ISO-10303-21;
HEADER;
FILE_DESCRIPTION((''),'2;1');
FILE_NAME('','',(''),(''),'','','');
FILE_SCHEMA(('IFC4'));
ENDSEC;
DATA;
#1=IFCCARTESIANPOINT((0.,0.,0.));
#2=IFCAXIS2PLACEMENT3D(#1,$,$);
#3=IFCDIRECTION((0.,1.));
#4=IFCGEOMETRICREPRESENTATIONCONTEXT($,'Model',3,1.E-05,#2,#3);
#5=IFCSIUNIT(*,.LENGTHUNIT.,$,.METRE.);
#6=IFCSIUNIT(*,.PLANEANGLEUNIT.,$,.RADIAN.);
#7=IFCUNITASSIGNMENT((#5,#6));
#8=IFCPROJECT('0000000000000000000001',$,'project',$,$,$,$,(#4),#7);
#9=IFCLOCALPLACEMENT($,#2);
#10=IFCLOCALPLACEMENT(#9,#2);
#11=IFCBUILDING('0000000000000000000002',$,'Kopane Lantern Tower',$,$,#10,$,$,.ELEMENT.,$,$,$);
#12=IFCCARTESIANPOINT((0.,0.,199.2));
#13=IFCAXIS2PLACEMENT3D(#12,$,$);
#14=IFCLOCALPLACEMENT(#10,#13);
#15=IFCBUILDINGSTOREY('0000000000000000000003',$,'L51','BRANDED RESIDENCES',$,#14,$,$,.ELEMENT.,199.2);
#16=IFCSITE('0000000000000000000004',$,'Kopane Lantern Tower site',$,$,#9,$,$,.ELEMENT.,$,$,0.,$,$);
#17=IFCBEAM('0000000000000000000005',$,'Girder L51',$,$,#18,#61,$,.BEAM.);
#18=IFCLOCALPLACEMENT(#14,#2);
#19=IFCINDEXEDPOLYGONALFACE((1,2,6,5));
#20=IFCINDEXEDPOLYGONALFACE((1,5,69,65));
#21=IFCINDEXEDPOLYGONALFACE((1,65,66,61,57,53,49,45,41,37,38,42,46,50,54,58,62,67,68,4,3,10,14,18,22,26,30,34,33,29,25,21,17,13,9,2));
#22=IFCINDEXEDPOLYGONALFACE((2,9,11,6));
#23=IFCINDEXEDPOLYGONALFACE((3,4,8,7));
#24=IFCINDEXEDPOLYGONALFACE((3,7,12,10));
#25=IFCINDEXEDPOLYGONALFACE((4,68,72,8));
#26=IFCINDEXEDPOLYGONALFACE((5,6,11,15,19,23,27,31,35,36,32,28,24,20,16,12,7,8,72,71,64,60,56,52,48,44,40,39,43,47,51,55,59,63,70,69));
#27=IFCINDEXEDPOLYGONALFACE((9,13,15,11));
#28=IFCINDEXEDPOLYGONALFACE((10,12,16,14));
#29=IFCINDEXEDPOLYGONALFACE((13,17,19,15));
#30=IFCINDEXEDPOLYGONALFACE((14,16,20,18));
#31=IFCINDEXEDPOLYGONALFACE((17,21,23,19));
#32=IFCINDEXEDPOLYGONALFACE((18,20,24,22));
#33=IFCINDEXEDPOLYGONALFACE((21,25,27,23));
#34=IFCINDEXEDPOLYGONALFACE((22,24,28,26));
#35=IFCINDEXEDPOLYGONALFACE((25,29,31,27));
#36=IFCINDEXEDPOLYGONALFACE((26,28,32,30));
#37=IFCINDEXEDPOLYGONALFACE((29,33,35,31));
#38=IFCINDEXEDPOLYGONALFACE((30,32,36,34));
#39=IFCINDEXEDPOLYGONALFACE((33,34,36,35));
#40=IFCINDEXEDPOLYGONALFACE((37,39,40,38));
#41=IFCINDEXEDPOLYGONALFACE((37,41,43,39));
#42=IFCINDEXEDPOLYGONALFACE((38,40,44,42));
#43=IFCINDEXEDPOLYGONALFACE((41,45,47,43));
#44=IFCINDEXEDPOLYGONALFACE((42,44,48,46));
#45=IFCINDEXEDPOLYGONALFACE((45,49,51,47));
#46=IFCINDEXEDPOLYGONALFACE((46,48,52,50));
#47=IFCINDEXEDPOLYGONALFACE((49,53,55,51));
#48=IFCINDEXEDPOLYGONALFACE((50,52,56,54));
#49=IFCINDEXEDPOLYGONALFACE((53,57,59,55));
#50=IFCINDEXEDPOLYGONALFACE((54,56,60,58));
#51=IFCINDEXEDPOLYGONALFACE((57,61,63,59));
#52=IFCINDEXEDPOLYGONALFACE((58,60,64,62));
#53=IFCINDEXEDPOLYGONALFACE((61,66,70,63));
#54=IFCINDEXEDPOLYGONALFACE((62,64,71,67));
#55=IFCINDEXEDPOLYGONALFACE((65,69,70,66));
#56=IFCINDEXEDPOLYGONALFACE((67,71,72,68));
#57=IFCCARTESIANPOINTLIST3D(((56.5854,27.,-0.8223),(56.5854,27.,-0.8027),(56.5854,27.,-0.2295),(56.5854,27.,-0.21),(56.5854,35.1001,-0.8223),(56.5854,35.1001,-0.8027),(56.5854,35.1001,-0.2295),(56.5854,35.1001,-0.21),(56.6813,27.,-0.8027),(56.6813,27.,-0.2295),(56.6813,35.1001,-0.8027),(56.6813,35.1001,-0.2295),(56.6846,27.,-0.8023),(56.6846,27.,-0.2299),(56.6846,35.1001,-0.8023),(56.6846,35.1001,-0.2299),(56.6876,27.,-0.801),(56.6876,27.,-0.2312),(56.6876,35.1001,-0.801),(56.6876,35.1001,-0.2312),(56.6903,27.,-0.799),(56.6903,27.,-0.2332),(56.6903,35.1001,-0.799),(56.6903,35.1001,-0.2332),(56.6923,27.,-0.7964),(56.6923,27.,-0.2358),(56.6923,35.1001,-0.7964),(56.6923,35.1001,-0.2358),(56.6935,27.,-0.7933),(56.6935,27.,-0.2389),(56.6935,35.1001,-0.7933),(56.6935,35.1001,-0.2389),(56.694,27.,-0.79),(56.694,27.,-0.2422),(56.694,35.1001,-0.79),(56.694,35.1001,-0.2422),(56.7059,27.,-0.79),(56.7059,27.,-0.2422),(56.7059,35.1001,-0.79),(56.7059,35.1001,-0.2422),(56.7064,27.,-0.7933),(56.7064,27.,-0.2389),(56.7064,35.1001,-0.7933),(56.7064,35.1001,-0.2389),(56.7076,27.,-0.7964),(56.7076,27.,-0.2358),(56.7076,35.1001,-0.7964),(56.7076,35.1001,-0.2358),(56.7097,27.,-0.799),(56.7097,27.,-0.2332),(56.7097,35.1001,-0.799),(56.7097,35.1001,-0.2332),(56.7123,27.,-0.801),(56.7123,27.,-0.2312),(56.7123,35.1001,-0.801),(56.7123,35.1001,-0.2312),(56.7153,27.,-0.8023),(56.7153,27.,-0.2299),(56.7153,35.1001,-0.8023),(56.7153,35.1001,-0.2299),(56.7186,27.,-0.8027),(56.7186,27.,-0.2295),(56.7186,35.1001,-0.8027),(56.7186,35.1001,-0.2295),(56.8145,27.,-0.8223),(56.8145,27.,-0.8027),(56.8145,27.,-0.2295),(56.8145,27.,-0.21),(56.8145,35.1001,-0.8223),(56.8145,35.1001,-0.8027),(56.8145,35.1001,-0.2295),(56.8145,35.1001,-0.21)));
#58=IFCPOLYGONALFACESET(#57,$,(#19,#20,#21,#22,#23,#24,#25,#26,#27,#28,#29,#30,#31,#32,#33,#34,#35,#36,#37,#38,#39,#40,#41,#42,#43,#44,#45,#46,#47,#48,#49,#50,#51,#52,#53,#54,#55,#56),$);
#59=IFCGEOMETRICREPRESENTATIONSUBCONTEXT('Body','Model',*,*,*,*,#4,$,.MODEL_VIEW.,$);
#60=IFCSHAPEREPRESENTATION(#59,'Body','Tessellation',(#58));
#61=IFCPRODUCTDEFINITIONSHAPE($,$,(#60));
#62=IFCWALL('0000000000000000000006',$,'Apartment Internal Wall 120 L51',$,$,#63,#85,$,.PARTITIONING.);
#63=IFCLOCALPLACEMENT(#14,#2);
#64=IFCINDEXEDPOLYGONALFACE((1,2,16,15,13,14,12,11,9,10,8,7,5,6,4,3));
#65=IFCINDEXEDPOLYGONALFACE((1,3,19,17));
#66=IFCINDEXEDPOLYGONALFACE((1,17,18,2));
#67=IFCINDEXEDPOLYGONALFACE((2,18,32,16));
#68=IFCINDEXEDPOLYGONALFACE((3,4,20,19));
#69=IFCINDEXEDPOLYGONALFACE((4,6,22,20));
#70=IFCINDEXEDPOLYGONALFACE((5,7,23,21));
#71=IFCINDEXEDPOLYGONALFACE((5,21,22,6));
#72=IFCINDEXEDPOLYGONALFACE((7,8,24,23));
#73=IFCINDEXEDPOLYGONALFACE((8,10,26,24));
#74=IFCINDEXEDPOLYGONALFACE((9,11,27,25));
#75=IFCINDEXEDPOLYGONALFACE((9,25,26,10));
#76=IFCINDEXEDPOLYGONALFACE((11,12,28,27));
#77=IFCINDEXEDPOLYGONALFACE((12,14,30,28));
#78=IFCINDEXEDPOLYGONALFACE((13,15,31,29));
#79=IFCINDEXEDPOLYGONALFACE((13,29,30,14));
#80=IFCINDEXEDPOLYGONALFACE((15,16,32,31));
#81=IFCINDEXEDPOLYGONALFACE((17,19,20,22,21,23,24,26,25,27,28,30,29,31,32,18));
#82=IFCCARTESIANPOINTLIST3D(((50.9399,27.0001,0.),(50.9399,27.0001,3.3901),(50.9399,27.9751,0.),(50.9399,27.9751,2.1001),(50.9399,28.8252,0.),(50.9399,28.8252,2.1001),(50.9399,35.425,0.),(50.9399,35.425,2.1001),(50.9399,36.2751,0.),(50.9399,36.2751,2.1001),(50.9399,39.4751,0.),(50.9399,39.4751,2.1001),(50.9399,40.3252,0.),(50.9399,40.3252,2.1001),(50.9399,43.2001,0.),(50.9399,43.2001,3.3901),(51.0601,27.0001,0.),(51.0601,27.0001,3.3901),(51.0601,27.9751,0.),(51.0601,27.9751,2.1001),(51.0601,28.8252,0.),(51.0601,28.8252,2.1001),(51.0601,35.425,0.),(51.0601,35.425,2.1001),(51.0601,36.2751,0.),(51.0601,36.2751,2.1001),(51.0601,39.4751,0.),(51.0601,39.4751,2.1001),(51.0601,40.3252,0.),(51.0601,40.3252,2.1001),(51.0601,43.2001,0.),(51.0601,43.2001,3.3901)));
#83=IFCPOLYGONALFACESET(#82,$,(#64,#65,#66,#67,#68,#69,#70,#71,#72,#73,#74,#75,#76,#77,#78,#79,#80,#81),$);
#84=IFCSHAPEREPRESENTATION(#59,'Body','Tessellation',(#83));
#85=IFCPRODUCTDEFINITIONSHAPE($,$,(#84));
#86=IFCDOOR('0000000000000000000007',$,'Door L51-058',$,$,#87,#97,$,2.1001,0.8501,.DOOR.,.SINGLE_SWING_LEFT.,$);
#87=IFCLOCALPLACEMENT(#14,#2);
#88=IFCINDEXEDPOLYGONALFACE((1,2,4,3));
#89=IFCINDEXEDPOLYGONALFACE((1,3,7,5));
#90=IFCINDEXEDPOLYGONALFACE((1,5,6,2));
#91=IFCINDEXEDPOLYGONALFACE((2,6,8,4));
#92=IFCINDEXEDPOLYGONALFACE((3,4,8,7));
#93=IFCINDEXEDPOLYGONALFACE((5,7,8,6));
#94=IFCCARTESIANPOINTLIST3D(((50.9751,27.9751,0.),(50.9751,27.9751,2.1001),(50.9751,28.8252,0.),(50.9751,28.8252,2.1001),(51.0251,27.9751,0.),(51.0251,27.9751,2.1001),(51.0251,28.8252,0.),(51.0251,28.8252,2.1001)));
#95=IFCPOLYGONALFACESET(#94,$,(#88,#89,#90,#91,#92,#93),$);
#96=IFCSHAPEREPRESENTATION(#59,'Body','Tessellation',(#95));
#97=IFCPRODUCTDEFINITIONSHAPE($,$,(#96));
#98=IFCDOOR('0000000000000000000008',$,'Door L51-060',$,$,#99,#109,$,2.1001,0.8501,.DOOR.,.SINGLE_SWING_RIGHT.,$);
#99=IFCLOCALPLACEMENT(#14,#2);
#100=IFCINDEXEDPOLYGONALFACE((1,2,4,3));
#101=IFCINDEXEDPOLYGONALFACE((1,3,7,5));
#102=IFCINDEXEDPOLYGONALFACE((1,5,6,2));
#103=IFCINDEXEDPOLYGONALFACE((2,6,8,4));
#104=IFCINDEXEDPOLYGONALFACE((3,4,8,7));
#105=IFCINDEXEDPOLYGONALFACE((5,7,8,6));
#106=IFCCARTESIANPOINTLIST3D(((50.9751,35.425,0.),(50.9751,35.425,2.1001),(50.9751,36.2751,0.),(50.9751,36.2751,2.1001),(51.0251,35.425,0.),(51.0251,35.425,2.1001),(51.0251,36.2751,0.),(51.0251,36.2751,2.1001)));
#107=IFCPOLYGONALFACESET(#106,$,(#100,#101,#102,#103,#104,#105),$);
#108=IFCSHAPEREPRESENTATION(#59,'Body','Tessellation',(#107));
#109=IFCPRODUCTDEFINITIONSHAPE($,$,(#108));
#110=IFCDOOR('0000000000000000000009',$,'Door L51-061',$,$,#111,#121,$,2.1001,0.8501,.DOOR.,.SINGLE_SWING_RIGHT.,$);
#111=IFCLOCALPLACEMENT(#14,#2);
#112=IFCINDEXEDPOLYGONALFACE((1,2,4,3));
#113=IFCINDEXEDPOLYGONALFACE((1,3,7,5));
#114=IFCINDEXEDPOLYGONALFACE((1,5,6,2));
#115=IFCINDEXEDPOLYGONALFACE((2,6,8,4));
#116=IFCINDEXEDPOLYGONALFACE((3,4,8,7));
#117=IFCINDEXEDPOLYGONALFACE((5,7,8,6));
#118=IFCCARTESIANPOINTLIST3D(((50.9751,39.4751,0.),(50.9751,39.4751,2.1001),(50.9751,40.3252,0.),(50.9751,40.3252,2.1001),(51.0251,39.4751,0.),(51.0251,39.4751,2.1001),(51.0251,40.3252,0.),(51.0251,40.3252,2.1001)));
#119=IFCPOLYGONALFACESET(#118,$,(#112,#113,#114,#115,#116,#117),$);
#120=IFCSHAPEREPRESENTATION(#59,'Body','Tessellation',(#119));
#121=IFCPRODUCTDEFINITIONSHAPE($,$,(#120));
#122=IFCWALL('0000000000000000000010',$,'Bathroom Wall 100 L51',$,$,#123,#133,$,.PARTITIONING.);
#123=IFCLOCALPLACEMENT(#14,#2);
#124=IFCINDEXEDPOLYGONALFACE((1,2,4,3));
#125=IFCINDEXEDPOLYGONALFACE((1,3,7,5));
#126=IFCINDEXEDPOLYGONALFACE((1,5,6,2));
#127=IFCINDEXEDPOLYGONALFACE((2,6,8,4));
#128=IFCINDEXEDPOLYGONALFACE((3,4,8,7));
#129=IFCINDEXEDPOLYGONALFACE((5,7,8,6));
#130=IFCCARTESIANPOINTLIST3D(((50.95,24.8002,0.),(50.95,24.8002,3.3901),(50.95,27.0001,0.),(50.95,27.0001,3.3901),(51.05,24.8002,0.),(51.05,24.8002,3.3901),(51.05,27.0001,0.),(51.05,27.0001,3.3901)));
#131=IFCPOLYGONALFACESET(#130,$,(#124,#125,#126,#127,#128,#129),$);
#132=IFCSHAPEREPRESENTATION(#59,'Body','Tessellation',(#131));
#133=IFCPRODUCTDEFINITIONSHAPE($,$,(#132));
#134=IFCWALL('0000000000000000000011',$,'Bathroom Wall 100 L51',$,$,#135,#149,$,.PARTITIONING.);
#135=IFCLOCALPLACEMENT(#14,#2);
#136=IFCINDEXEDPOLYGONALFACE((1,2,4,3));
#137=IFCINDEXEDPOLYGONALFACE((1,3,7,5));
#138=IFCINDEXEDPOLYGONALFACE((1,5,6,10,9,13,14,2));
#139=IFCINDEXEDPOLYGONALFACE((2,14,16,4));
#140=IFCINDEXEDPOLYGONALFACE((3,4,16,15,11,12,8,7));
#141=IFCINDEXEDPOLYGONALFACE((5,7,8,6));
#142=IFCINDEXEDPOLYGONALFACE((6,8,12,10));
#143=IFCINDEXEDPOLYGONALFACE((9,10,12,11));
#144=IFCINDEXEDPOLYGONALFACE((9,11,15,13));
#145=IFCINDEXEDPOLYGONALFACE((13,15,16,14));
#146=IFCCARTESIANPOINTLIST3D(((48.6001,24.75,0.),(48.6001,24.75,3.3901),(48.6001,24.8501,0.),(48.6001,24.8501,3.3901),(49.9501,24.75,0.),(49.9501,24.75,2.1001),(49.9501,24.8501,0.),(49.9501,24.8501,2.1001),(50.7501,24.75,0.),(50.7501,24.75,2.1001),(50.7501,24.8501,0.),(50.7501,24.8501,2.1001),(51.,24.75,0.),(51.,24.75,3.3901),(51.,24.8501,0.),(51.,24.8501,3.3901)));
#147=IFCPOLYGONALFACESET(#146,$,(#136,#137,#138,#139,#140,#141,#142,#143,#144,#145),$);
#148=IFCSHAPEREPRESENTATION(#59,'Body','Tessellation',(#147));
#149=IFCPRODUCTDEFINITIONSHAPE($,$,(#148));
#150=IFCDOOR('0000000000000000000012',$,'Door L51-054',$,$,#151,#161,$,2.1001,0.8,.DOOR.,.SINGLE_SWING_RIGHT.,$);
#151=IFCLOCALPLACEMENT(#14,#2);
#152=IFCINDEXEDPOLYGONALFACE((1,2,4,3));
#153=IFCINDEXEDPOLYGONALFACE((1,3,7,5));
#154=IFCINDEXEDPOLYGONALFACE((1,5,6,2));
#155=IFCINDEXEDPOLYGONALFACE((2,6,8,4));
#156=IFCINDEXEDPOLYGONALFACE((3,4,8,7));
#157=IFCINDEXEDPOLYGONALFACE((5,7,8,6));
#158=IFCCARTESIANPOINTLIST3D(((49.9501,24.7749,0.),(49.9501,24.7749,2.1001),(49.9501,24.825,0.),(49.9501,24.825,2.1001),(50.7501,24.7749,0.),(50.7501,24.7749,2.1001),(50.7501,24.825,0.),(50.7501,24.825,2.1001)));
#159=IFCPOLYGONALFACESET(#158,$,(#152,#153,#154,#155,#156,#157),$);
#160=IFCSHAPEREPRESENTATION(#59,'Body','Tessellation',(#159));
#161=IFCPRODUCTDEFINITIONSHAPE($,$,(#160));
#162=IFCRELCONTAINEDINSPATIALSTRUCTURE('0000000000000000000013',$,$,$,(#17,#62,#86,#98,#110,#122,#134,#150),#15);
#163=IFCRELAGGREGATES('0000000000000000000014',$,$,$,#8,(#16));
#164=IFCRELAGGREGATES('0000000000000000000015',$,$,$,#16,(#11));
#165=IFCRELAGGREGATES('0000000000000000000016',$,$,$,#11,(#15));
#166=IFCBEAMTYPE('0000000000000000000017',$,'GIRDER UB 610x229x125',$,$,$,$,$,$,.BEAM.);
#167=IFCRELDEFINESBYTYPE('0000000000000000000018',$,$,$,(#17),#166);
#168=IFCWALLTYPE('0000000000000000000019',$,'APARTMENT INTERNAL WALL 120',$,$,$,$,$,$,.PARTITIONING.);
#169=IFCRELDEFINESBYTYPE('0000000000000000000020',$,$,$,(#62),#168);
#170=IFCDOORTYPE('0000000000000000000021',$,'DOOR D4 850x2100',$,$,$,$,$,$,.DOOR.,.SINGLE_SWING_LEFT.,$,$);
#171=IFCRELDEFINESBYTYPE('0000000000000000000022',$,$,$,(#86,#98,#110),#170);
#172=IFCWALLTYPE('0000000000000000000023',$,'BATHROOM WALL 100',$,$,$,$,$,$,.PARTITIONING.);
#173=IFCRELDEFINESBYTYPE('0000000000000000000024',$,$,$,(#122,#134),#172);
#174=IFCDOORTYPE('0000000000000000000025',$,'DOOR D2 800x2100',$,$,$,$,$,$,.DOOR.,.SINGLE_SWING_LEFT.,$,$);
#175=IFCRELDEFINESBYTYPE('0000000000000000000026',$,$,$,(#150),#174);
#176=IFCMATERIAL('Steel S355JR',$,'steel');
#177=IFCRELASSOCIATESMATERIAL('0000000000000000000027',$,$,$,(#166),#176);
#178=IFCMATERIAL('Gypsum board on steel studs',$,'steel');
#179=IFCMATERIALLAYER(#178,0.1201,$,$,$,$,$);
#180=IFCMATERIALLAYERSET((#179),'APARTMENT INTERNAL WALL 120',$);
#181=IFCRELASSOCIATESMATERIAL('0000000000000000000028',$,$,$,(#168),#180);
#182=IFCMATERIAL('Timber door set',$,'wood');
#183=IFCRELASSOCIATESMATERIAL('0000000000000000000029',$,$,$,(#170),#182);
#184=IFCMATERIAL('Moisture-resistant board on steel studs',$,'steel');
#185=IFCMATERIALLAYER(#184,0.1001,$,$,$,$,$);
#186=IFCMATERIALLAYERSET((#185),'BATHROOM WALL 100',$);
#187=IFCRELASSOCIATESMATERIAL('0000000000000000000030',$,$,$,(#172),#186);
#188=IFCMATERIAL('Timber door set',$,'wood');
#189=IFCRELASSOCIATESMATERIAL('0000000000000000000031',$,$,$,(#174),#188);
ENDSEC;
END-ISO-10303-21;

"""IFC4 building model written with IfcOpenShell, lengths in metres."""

from ifc_helpers import new_model, si_unit, direction, frame, frame_2d, origin, origin_2d, place, context, subcontext, project, spatial, rectangle, i_section, extrude, material, layer, layer_set, material_profile, profile_set, type_object, element, fill, save


model = new_model("IFC4")

# Units and contexts
model_context = context("Model", 3, precision=1e-05, world=origin(), true_north=direction((0.0, 1.0)))
body_context = subcontext(model_context, "Body", "Model", "MODEL_VIEW")
ifc_project = project(units=[si_unit("LENGTHUNIT", "METRE"), si_unit("PLANEANGLEUNIT", "RADIAN")], contexts=[model_context])

# Site, building, storey
site_placement = place(None, origin())
site = spatial("IfcSite", under=ifc_project, at=site_placement, Name="Kopane Lantern Tower site", CompositionType="ELEMENT", RefElevation=0.0)
building_placement = place(site_placement, origin())
building = spatial("IfcBuilding", under=site, at=building_placement, Name="Kopane Lantern Tower", CompositionType="ELEMENT")
storey_placement = place(building_placement, frame((0.0, 0.0, 199.2)))
storey = spatial("IfcBuildingStorey", under=building, at=storey_placement, Name="L51", Description="BRANDED RESIDENCES", CompositionType="ELEMENT", Elevation=199.2)

# Beam
ifc_material_1 = material(Name="Steel S355JR", Category="steel")
ifc_material_profile_1 = material_profile(ifc_material_1, i_section(OverallWidth=0.229, OverallDepth=0.6123, WebThickness=0.012, FlangeThickness=0.0195, FilletRadius=0.0127, at=origin_2d()), Name="UB 610x229x125")
ifc_profile_set_1 = profile_set([ifc_material_profile_1], Name="Steel S355JR")
beam_type = type_object("IfcBeamType", Name="GIRDER UB 610x229x125", PredefinedType="BEAM", material=ifc_profile_set_1)
beam_1_placement = place(storey_placement, frame((56.7, 27.0, -0.5161), z_axis=(0.0, 1.0, 0.0), x_axis=(-1.0, 0.0, 0.0)))
element("IfcBeam", 1, at=beam_1_placement, inside=storey, type_object=beam_type, Name="Girder L51", PredefinedType="BEAM", context=body_context, shape_type="SweptSolid", body=[
    extrude(i_section(OverallWidth=0.229, OverallDepth=0.6123, WebThickness=0.012, FlangeThickness=0.0195, FilletRadius=0.0127, at=origin_2d()), origin(), (0.0, 0.0, 1.0), 8.1001),
])

# Wall, openings, doors
ifc_material_2 = material(Name="Gypsum board on steel studs", Category="steel")
ifc_layer_1 = layer(ifc_material_2, 0.1201)
ifc_layer_set_1 = layer_set([ifc_layer_1], Name="APARTMENT INTERNAL WALL 120")
wall_type_1 = type_object("IfcWallType", Name="APARTMENT INTERNAL WALL 120", PredefinedType="PARTITIONING", material=ifc_layer_set_1)
wall_1_placement = place(storey_placement, frame((51.0, 27.0, 0.0), z_axis=(0.0, 0.0, 1.0), x_axis=(0.0, 1.0, 0.0)))
wall_1 = element("IfcWall", 2, at=wall_1_placement, inside=storey, type_object=wall_type_1, Name="Apartment Internal Wall 120 L51", PredefinedType="PARTITIONING", context=body_context, shape_type="SweptSolid", body=[
    extrude(rectangle(XDim=16.2, YDim=0.1201, at=frame_2d((8.1001, 0.0))), origin(), (0.0, 0.0, 1.0), 3.3901),
])
opening_1_placement = place(wall_1_placement, frame((0.9751, 0.0, 0.0)))
opening_1 = element("IfcOpeningElement", 3, at=opening_1_placement, cuts=wall_1, PredefinedType="OPENING", context=body_context, shape_type="SweptSolid", body=[
    extrude(rectangle(XDim=0.8501, YDim=2.1001, at=frame_2d((0.425, 1.05))), frame((0.0, 0.0701, 0.0), z_axis=(0.0, -1.0, 0.0), x_axis=(1.0, 0.0, 0.0)), (0.0, 0.0, 1.0), 0.1401),
])
opening_2_placement = place(wall_1_placement, frame((8.425, 0.0, 0.0)))
opening_2 = element("IfcOpeningElement", 4, at=opening_2_placement, cuts=wall_1, PredefinedType="OPENING", context=body_context, shape_type="SweptSolid", body=[
    extrude(rectangle(XDim=0.8501, YDim=2.1001, at=frame_2d((0.425, 1.05))), frame((0.0, 0.0701, 0.0), z_axis=(0.0, -1.0, 0.0), x_axis=(1.0, 0.0, 0.0)), (0.0, 0.0, 1.0), 0.1401),
])
opening_3_placement = place(wall_1_placement, frame((12.4751, 0.0, 0.0)))
opening_3 = element("IfcOpeningElement", 5, at=opening_3_placement, cuts=wall_1, PredefinedType="OPENING", context=body_context, shape_type="SweptSolid", body=[
    extrude(rectangle(XDim=0.8501, YDim=2.1001, at=frame_2d((0.425, 1.05))), frame((0.0, 0.0701, 0.0), z_axis=(0.0, -1.0, 0.0), x_axis=(1.0, 0.0, 0.0)), (0.0, 0.0, 1.0), 0.1401),
])
ifc_material_3 = material(Name="Timber door set", Category="wood")
door_type_1 = type_object("IfcDoorType", Name="DOOR D4 850x2100", OperationType="SINGLE_SWING_LEFT", PredefinedType="DOOR", material=ifc_material_3)
door_1_placement = place(opening_1_placement, origin())
door_1 = element("IfcDoor", 6, at=door_1_placement, inside=storey, type_object=door_type_1, Name="Door L51-058", OperationType="SINGLE_SWING_LEFT", OverallHeight=2.1001, OverallWidth=0.8501, PredefinedType="DOOR", context=body_context, shape_type="SweptSolid", body=[
    extrude(rectangle(XDim=0.8501, YDim=2.1001, at=frame_2d((0.425, 1.05))), frame((0.0, 0.0249, 0.0), z_axis=(0.0, -1.0, 0.0), x_axis=(1.0, 0.0, 0.0)), (0.0, 0.0, 1.0), 0.05),
])
fill(opening_1, door_1)
door_2_placement = place(opening_2_placement, origin())
door_2 = element("IfcDoor", 7, at=door_2_placement, inside=storey, type_object=door_type_1, Name="Door L51-060", OperationType="SINGLE_SWING_RIGHT", OverallHeight=2.1001, OverallWidth=0.8501, PredefinedType="DOOR", context=body_context, shape_type="SweptSolid", body=[
    extrude(rectangle(XDim=0.8501, YDim=2.1001, at=frame_2d((0.425, 1.05))), frame((0.0, 0.0249, 0.0), z_axis=(0.0, -1.0, 0.0), x_axis=(1.0, 0.0, 0.0)), (0.0, 0.0, 1.0), 0.05),
])
fill(opening_2, door_2)
door_3_placement = place(opening_3_placement, origin())
door_3 = element("IfcDoor", 8, at=door_3_placement, inside=storey, type_object=door_type_1, Name="Door L51-061", OperationType="SINGLE_SWING_RIGHT", OverallHeight=2.1001, OverallWidth=0.8501, PredefinedType="DOOR", context=body_context, shape_type="SweptSolid", body=[
    extrude(rectangle(XDim=0.8501, YDim=2.1001, at=frame_2d((0.425, 1.05))), frame((0.0, 0.0249, 0.0), z_axis=(0.0, -1.0, 0.0), x_axis=(1.0, 0.0, 0.0)), (0.0, 0.0, 1.0), 0.05),
])
fill(opening_3, door_3)

# Wall
ifc_material_4 = material(Name="Moisture-resistant board on steel studs", Category="steel")
ifc_layer_2 = layer(ifc_material_4, 0.1001)
ifc_layer_set_2 = layer_set([ifc_layer_2], Name="BATHROOM WALL 100")
wall_type_2 = type_object("IfcWallType", Name="BATHROOM WALL 100", PredefinedType="PARTITIONING", material=ifc_layer_set_2)
wall_2_placement = place(storey_placement, frame((51.0, 24.8, 0.0), z_axis=(0.0, 0.0, 1.0), x_axis=(0.0, 1.0, 0.0)))
element("IfcWall", 9, at=wall_2_placement, inside=storey, type_object=wall_type_2, Name="Bathroom Wall 100 L51", PredefinedType="PARTITIONING", context=body_context, shape_type="SweptSolid", body=[
    extrude(rectangle(XDim=2.2, YDim=0.1001, at=frame_2d((1.1001, 0.0))), origin(), (0.0, 0.0, 1.0), 3.3901),
])

# Wall, opening, door
wall_3_placement = place(storey_placement, frame((48.6001, 24.8, 0.0), z_axis=(0.0, 0.0, 1.0), x_axis=(1.0, 0.0, 0.0)))
wall_3 = element("IfcWall", 10, at=wall_3_placement, inside=storey, type_object=wall_type_2, Name="Bathroom Wall 100 L51", PredefinedType="PARTITIONING", context=body_context, shape_type="SweptSolid", body=[
    extrude(rectangle(XDim=2.3999, YDim=0.1001, at=frame_2d((1.2, 0.0))), origin(), (0.0, 0.0, 1.0), 3.3901),
])
opening_4_placement = place(wall_3_placement, frame((1.3501, 0.0, 0.0)))
opening_4 = element("IfcOpeningElement", 11, at=opening_4_placement, cuts=wall_3, PredefinedType="OPENING", context=body_context, shape_type="SweptSolid", body=[
    extrude(rectangle(XDim=0.8, YDim=2.1001, at=frame_2d((0.3999, 1.05))), frame((0.0, 0.0601, 0.0), z_axis=(0.0, -1.0, 0.0), x_axis=(1.0, 0.0, 0.0)), (0.0, 0.0, 1.0), 0.1201),
])
ifc_material_5 = material(Name="Timber door set", Category="wood")
door_type_2 = type_object("IfcDoorType", Name="DOOR D2 800x2100", OperationType="SINGLE_SWING_LEFT", PredefinedType="DOOR", material=ifc_material_5)
door_4_placement = place(opening_4_placement, origin())
door_4 = element("IfcDoor", 12, at=door_4_placement, inside=storey, type_object=door_type_2, Name="Door L51-054", OperationType="SINGLE_SWING_RIGHT", OverallHeight=2.1001, OverallWidth=0.8, PredefinedType="DOOR", context=body_context, shape_type="SweptSolid", body=[
    extrude(rectangle(XDim=0.8, YDim=2.1001, at=frame_2d((0.3999, 1.05))), frame((0.0, 0.0249, 0.0), z_axis=(0.0, -1.0, 0.0), x_axis=(1.0, 0.0, 0.0)), (0.0, 0.0, 1.0), 0.05),
])
fill(opening_4, door_4)

save(model, "model.ifc")
